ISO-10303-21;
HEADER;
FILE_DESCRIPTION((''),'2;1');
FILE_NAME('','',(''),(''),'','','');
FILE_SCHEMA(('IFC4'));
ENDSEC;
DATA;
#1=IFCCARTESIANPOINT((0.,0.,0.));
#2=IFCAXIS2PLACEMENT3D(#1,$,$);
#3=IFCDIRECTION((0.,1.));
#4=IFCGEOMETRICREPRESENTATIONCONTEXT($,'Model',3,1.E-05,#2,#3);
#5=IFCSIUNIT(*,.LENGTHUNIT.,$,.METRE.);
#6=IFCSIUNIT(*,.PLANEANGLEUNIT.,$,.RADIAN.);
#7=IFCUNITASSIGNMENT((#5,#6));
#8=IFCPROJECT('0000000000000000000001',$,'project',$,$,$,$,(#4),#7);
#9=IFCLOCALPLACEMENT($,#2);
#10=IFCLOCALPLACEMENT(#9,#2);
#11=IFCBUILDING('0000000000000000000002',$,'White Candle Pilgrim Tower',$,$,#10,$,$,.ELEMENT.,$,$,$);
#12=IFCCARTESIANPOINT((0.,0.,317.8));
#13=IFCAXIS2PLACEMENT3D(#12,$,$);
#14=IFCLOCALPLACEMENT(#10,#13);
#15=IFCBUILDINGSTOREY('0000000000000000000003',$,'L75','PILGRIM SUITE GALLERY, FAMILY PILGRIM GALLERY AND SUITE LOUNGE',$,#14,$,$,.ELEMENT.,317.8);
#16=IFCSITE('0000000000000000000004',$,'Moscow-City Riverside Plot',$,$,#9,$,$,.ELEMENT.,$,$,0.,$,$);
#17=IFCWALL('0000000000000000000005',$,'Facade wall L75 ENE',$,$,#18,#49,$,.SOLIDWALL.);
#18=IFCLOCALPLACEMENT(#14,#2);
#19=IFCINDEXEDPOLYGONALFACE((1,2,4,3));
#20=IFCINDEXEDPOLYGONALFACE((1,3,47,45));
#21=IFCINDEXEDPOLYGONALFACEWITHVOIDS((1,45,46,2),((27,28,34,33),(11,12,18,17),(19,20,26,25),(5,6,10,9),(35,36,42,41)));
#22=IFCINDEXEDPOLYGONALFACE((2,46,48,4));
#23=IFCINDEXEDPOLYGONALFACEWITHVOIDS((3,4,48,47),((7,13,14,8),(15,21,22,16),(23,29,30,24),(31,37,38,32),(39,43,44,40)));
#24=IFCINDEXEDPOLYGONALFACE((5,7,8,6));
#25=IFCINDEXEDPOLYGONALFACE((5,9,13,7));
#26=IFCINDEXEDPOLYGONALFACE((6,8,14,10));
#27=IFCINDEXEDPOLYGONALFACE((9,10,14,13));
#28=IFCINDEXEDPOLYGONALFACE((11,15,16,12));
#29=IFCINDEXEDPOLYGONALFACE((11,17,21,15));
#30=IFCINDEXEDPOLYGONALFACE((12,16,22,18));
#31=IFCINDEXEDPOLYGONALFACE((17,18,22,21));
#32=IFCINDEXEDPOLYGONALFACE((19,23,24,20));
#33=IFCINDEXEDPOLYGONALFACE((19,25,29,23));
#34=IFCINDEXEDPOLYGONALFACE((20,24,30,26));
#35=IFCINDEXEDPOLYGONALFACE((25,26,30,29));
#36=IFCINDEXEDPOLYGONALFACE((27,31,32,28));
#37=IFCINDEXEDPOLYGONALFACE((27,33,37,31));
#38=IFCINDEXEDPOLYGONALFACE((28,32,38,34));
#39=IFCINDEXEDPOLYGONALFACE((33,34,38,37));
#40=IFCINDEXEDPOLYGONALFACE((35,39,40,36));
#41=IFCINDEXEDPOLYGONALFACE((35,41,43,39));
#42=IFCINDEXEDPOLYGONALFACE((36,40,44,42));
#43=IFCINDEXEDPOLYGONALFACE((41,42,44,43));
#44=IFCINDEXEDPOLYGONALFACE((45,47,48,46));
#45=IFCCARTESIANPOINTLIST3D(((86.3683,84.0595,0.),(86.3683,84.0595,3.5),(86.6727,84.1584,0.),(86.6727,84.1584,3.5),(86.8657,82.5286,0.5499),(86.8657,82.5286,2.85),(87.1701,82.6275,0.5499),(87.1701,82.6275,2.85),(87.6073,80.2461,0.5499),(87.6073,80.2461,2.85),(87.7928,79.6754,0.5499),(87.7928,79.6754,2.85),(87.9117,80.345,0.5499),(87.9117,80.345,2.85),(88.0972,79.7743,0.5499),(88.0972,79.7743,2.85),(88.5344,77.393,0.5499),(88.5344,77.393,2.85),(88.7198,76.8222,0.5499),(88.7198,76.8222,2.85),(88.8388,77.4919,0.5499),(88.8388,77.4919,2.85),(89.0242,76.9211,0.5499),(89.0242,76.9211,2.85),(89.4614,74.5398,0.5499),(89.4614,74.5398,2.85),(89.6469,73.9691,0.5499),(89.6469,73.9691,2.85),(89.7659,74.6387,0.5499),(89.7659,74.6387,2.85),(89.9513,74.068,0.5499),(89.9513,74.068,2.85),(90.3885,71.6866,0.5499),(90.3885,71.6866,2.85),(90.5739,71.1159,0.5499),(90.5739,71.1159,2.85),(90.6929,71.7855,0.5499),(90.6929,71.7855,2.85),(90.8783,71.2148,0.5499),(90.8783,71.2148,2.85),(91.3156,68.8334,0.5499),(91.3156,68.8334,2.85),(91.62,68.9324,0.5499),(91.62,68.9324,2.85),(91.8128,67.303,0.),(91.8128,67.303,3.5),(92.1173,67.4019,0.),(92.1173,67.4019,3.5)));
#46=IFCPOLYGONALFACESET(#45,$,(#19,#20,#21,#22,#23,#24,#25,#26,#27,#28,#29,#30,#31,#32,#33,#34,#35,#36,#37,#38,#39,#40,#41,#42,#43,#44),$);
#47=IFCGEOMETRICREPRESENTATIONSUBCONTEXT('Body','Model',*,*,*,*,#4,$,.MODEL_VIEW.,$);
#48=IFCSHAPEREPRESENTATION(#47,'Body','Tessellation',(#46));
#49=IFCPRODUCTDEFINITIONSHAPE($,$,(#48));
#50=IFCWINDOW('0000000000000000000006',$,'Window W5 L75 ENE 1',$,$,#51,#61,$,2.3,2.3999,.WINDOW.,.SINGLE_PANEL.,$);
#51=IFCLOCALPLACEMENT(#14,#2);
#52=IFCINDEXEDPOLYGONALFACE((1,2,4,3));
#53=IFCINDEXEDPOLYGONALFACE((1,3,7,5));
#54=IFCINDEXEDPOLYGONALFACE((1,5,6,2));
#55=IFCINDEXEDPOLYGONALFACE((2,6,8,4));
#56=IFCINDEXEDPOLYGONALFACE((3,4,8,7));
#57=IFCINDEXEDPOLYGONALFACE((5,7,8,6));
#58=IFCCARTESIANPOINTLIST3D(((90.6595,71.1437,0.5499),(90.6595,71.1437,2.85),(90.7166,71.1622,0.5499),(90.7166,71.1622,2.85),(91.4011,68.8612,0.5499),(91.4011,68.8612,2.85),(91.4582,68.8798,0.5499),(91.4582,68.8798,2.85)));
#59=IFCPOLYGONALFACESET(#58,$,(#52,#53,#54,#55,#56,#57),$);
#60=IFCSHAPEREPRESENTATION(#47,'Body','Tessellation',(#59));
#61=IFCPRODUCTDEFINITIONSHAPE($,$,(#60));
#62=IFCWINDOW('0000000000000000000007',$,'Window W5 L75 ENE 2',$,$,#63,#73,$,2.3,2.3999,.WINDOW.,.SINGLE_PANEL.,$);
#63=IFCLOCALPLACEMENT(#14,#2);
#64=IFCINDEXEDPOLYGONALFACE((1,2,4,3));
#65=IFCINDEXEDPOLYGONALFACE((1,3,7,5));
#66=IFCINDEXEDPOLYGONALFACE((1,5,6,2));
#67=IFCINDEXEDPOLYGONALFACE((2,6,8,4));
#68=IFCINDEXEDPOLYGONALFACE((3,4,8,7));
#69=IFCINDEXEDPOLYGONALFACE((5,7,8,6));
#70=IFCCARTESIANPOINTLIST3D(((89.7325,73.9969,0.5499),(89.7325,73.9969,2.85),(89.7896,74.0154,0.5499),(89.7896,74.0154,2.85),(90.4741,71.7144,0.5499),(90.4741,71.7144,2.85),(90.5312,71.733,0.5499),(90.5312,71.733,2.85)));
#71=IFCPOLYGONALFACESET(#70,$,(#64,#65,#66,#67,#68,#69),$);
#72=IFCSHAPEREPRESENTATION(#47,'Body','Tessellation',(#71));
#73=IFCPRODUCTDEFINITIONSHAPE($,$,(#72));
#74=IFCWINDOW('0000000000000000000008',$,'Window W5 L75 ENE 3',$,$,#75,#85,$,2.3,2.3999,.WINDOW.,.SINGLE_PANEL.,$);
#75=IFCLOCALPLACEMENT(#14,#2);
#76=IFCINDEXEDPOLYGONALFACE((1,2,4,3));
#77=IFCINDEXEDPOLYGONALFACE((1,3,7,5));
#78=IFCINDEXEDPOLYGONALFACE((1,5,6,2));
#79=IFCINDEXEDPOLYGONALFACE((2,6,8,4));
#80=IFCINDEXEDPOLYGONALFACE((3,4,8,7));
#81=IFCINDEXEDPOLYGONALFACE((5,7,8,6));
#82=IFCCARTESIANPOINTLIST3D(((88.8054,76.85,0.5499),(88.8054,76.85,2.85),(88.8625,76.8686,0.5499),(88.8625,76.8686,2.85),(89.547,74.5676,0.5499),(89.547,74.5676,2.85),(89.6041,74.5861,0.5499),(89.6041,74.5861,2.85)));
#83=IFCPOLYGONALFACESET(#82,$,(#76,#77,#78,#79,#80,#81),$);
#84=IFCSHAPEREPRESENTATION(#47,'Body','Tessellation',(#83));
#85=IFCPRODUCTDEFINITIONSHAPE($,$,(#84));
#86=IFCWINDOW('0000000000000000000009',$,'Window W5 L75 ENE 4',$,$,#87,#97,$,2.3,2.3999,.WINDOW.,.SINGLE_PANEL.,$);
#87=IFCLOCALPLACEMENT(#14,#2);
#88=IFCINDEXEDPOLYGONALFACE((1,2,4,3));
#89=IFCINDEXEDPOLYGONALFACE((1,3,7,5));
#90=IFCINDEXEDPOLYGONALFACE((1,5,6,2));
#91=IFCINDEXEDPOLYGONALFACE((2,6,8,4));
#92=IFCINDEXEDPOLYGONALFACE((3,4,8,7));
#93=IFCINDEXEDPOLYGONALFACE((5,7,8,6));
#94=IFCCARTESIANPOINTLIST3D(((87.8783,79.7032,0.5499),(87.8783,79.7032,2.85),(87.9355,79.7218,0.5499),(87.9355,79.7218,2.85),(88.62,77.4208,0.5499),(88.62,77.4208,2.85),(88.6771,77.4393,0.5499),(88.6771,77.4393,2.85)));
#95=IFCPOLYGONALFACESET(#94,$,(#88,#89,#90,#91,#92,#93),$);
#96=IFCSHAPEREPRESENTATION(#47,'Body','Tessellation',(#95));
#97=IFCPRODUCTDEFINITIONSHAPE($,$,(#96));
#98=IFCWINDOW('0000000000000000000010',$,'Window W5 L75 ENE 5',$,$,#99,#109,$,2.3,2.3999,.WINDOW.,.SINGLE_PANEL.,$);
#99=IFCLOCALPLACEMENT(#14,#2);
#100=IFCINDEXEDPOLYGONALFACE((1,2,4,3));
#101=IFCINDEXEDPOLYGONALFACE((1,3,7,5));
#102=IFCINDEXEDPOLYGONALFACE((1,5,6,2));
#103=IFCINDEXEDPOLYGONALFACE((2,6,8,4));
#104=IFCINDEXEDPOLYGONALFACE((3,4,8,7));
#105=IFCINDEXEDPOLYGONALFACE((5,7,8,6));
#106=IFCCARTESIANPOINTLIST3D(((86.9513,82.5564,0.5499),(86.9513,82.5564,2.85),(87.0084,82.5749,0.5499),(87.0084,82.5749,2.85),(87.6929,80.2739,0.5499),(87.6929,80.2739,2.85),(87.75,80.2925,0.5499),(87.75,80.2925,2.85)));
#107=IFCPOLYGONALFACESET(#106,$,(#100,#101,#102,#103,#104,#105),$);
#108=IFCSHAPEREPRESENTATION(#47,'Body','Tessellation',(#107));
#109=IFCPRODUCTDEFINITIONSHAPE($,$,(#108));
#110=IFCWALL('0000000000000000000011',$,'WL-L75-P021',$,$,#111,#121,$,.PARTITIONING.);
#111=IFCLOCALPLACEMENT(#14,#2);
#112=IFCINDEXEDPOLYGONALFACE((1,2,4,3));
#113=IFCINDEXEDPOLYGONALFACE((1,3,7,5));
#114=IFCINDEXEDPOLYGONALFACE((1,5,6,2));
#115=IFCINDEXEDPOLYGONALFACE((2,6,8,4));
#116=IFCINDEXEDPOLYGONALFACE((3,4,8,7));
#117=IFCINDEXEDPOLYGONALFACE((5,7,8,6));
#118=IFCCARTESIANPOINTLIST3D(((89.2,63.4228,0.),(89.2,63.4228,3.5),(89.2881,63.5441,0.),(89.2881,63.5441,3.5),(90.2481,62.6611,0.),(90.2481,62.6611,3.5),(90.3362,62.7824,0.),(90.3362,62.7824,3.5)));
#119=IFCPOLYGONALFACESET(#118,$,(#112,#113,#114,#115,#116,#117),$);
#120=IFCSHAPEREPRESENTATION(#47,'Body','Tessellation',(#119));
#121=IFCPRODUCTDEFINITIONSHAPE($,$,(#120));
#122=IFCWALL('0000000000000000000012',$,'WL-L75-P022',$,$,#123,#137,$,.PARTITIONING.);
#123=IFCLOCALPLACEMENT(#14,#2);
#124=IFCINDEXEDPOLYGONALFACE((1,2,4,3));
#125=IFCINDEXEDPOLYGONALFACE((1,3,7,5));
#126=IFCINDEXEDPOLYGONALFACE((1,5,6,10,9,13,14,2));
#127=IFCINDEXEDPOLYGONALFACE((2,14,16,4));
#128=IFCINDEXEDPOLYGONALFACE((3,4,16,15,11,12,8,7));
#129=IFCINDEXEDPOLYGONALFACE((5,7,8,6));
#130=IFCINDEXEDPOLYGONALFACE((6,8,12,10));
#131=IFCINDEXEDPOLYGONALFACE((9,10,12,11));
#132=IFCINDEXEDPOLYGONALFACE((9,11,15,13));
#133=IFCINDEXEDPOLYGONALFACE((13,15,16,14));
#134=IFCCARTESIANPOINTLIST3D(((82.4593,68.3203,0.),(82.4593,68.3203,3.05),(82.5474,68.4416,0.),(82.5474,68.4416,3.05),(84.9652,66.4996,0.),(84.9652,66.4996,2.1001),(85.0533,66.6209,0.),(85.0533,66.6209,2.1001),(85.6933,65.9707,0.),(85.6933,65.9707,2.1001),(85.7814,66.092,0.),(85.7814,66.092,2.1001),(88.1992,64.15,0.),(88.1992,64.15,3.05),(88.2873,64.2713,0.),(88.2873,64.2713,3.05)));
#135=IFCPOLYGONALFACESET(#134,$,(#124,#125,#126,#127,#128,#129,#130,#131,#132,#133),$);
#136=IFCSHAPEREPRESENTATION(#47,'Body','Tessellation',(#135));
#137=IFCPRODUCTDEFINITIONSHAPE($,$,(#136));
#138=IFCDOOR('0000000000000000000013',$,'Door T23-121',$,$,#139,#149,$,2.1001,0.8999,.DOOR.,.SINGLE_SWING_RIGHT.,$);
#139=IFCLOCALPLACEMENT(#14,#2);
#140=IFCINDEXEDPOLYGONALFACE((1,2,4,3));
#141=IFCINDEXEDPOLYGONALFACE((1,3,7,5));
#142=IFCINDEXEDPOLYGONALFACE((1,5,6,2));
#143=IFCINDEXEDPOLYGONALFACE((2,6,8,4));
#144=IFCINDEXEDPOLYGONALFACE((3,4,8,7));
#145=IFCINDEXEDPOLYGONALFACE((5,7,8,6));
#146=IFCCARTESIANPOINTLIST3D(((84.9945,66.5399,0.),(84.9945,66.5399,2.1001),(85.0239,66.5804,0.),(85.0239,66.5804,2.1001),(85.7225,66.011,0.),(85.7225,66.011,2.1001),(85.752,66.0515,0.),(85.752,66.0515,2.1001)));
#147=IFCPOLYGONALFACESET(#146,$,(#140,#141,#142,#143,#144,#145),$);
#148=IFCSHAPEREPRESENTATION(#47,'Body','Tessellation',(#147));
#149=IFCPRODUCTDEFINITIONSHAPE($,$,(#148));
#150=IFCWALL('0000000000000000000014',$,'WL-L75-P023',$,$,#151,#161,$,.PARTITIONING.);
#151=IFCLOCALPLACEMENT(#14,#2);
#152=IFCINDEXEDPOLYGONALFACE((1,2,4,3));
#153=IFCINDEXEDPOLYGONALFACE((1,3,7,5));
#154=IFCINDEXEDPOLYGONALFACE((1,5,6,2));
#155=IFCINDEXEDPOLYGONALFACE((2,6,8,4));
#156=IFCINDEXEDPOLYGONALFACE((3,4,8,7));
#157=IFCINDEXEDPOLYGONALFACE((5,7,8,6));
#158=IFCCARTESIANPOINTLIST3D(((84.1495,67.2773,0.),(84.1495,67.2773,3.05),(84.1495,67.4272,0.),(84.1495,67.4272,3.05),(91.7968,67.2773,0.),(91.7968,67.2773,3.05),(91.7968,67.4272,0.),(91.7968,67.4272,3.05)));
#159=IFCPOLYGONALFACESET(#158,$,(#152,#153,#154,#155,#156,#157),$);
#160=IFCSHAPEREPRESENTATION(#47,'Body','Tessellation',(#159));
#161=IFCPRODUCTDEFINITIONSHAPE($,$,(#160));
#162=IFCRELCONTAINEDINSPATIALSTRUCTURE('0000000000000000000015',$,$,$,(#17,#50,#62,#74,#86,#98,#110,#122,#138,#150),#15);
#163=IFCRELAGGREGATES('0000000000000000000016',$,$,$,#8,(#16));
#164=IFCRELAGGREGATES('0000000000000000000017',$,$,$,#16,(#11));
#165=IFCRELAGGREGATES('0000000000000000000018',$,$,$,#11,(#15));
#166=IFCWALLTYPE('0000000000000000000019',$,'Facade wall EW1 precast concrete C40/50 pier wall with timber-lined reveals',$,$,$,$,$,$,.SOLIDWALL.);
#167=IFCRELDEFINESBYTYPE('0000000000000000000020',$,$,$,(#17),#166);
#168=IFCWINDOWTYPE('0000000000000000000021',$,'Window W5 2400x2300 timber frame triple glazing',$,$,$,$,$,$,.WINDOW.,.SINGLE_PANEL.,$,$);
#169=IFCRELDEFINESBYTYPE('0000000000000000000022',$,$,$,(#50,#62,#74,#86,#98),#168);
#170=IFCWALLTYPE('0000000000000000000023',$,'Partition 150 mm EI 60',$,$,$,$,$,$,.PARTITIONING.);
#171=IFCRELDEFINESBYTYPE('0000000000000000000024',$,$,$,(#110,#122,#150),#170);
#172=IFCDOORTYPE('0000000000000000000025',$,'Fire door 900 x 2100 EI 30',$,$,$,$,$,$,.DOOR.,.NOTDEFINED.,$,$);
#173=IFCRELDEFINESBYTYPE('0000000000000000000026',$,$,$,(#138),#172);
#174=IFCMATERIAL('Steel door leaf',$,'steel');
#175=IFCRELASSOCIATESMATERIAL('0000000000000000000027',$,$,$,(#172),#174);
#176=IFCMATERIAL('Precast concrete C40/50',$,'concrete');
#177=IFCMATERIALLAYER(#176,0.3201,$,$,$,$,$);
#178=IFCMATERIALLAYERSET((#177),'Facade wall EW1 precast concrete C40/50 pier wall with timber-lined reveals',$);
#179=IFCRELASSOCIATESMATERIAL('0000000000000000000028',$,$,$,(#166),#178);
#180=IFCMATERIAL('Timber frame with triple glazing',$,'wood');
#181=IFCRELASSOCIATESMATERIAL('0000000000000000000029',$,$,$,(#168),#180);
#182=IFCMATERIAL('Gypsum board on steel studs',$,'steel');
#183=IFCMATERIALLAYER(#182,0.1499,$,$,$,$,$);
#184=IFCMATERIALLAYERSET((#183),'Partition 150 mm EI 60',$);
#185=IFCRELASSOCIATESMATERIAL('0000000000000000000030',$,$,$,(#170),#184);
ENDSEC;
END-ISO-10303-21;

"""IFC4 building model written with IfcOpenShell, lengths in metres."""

from ifc_helpers import new_model, si_unit, direction, frame, frame_2d, origin, place, context, subcontext, project, spatial, rectangle, extrude, material, layer, layer_set, type_object, element, fill, save


model = new_model("IFC4")

# Units and contexts
model_context = context("Model", 3, precision=1e-05, world=origin(), true_north=direction((0.0, 1.0)))
body_context = subcontext(model_context, "Body", "Model", "MODEL_VIEW")
ifc_project = project(units=[si_unit("LENGTHUNIT", "METRE"), si_unit("PLANEANGLEUNIT", "RADIAN")], contexts=[model_context])

# Site, building, storey
site_placement = place(None, origin())
site = spatial("IfcSite", under=ifc_project, at=site_placement, Name="Moscow-City Riverside Plot", CompositionType="ELEMENT", RefElevation=0.0)
building_placement = place(site_placement, origin())
building = spatial("IfcBuilding", under=site, at=building_placement, Name="White Candle Pilgrim Tower", CompositionType="ELEMENT")
storey_placement = place(building_placement, frame((0.0, 0.0, 317.8)))
storey = spatial("IfcBuildingStorey", under=building, at=storey_placement, Name="L75", Description="PILGRIM SUITE GALLERY, FAMILY PILGRIM GALLERY AND SUITE LOUNGE", CompositionType="ELEMENT", Elevation=317.8)

# Shared definitions
ifc_material_1 = material(Name="Gypsum board on steel studs", Category="steel")
ifc_material_2 = material(Name="Steel door leaf", Category="steel")
door_type_1 = type_object("IfcDoorType", Name="Fire door 900 x 2100 EI 30", OperationType="NOTDEFINED", PredefinedType="DOOR", material=ifc_material_2)

# Wall, openings, windows
ifc_material_3 = material(Name="Precast concrete C40/50", Category="concrete")
ifc_layer_1 = layer(ifc_material_3, 0.3201)
ifc_layer_set_1 = layer_set([ifc_layer_1], Name="Facade wall EW1 precast concrete C40/50 pier wall with timber-lined reveals")
wall_type_1 = type_object("IfcWallType", Name="Facade wall EW1 precast concrete C40/50 pier wall with timber-lined reveals", PredefinedType="SOLIDWALL", material=ifc_layer_set_1)
wall_1_placement = place(storey_placement, frame((91.9651, 67.3523, 0.0), z_axis=(0.0, 0.0, 1.0), x_axis=(-0.309019, 0.951056, 0.0)))
wall_1 = element("IfcWall", 1, at=wall_1_placement, inside=storey, type_object=wall_type_1, Name="Facade wall L75 ENE", PredefinedType="SOLIDWALL", context=body_context, shape_type="SweptSolid", body=[
    extrude(rectangle(XDim=17.6189, YDim=0.3201, at=frame_2d((8.8096, 0.0))), origin(), (0.0, 0.0, 1.0), 3.5),
])
opening_1_placement = place(wall_1_placement, frame((1.6094, 0.0, 0.55)))
opening_1 = element("IfcOpeningElement", 2, at=opening_1_placement, cuts=wall_1, PredefinedType="OPENING", context=body_context, shape_type="SweptSolid", body=[
    extrude(rectangle(XDim=2.3999, YDim=2.3, at=frame_2d((1.2, 1.1499))), frame((0.0, 0.1699, 0.0), z_axis=(0.0, -1.0, 0.0), x_axis=(1.0, 0.0, 0.0)), (0.0, 0.0, 1.0), 0.3401),
])
opening_2_placement = place(wall_1_placement, frame((4.6094, 0.0, 0.55)))
opening_2 = element("IfcOpeningElement", 3, at=opening_2_placement, cuts=wall_1, PredefinedType="OPENING", context=body_context, shape_type="SweptSolid", body=[
    extrude(rectangle(XDim=2.3999, YDim=2.3, at=frame_2d((1.2, 1.1499))), frame((0.0, 0.1699, 0.0), z_axis=(0.0, -1.0, 0.0), x_axis=(1.0, 0.0, 0.0)), (0.0, 0.0, 1.0), 0.3401),
])
opening_3_placement = place(wall_1_placement, frame((7.6094, 0.0, 0.55)))
opening_3 = element("IfcOpeningElement", 4, at=opening_3_placement, cuts=wall_1, PredefinedType="OPENING", context=body_context, shape_type="SweptSolid", body=[
    extrude(rectangle(XDim=2.3999, YDim=2.3, at=frame_2d((1.2, 1.1499))), frame((0.0, 0.1699, 0.0), z_axis=(0.0, -1.0, 0.0), x_axis=(1.0, 0.0, 0.0)), (0.0, 0.0, 1.0), 0.3401),
])
opening_4_placement = place(wall_1_placement, frame((10.6094, 0.0, 0.55)))
opening_4 = element("IfcOpeningElement", 5, at=opening_4_placement, cuts=wall_1, PredefinedType="OPENING", context=body_context, shape_type="SweptSolid", body=[
    extrude(rectangle(XDim=2.3999, YDim=2.3, at=frame_2d((1.2, 1.1499))), frame((0.0, 0.1699, 0.0), z_axis=(0.0, -1.0, 0.0), x_axis=(1.0, 0.0, 0.0)), (0.0, 0.0, 1.0), 0.3401),
])
opening_5_placement = place(wall_1_placement, frame((13.6094, 0.0, 0.55)))
opening_5 = element("IfcOpeningElement", 6, at=opening_5_placement, cuts=wall_1, PredefinedType="OPENING", context=body_context, shape_type="SweptSolid", body=[
    extrude(rectangle(XDim=2.3999, YDim=2.3, at=frame_2d((1.2, 1.1499))), frame((0.0, 0.1699, 0.0), z_axis=(0.0, -1.0, 0.0), x_axis=(1.0, 0.0, 0.0)), (0.0, 0.0, 1.0), 0.3401),
])
ifc_material_4 = material(Name="Timber frame with triple glazing", Category="wood")
window_type = type_object("IfcWindowType", Name="Window W5 2400x2300 timber frame triple glazing", PartitioningType="SINGLE_PANEL", PredefinedType="WINDOW", material=ifc_material_4)
window_1_placement = place(opening_1_placement, origin())
window_1 = element("IfcWindow", 7, at=window_1_placement, inside=storey, type_object=window_type, Name="Window W5 L75 ENE 1", OverallHeight=2.3, OverallWidth=2.3999, PartitioningType="SINGLE_PANEL", PredefinedType="WINDOW", context=body_context, shape_type="SweptSolid", body=[
    extrude(rectangle(XDim=2.3999, YDim=2.3, at=frame_2d((1.2, 1.1499))), frame((0.0, 0.0701, 0.0), z_axis=(0.0, -1.0, 0.0), x_axis=(1.0, 0.0, 0.0)), (0.0, 0.0, 1.0), 0.0601),
])
fill(opening_1, window_1)
window_2_placement = place(opening_2_placement, origin())
window_2 = element("IfcWindow", 8, at=window_2_placement, inside=storey, type_object=window_type, Name="Window W5 L75 ENE 2", OverallHeight=2.3, OverallWidth=2.3999, PartitioningType="SINGLE_PANEL", PredefinedType="WINDOW", context=body_context, shape_type="SweptSolid", body=[
    extrude(rectangle(XDim=2.3999, YDim=2.3, at=frame_2d((1.2, 1.1499))), frame((0.0, 0.0701, 0.0), z_axis=(0.0, -1.0, 0.0), x_axis=(1.0, 0.0, 0.0)), (0.0, 0.0, 1.0), 0.0601),
])
fill(opening_2, window_2)
window_3_placement = place(opening_3_placement, origin())
window_3 = element("IfcWindow", 9, at=window_3_placement, inside=storey, type_object=window_type, Name="Window W5 L75 ENE 3", OverallHeight=2.3, OverallWidth=2.3999, PartitioningType="SINGLE_PANEL", PredefinedType="WINDOW", context=body_context, shape_type="SweptSolid", body=[
    extrude(rectangle(XDim=2.3999, YDim=2.3, at=frame_2d((1.2, 1.1499))), frame((0.0, 0.0701, 0.0), z_axis=(0.0, -1.0, 0.0), x_axis=(1.0, 0.0, 0.0)), (0.0, 0.0, 1.0), 0.0601),
])
fill(opening_3, window_3)
window_4_placement = place(opening_4_placement, origin())
window_4 = element("IfcWindow", 10, at=window_4_placement, inside=storey, type_object=window_type, Name="Window W5 L75 ENE 4", OverallHeight=2.3, OverallWidth=2.3999, PartitioningType="SINGLE_PANEL", PredefinedType="WINDOW", context=body_context, shape_type="SweptSolid", body=[
    extrude(rectangle(XDim=2.3999, YDim=2.3, at=frame_2d((1.2, 1.1499))), frame((0.0, 0.0701, 0.0), z_axis=(0.0, -1.0, 0.0), x_axis=(1.0, 0.0, 0.0)), (0.0, 0.0, 1.0), 0.0601),
])
fill(opening_4, window_4)
window_5_placement = place(opening_5_placement, origin())
window_5 = element("IfcWindow", 11, at=window_5_placement, inside=storey, type_object=window_type, Name="Window W5 L75 ENE 5", OverallHeight=2.3, OverallWidth=2.3999, PartitioningType="SINGLE_PANEL", PredefinedType="WINDOW", context=body_context, shape_type="SweptSolid", body=[
    extrude(rectangle(XDim=2.3999, YDim=2.3, at=frame_2d((1.2, 1.1499))), frame((0.0, 0.0701, 0.0), z_axis=(0.0, -1.0, 0.0), x_axis=(1.0, 0.0, 0.0)), (0.0, 0.0, 1.0), 0.0601),
])
fill(opening_5, window_5)

# Wall
ifc_layer_2 = layer(ifc_material_1, 0.1499)
ifc_layer_set_2 = layer_set([ifc_layer_2], Name="Partition 150 mm EI 60")
wall_type_2 = type_object("IfcWallType", Name="Partition 150 mm EI 60", PredefinedType="PARTITIONING", material=ifc_layer_set_2)
wall_2_placement = place(storey_placement, frame((90.2922, 62.7217, 0.0), z_axis=(0.0, 0.0, 1.0), x_axis=(-0.808932, 0.587903, 0.0)))
element("IfcWall", 12, at=wall_2_placement, inside=storey, type_object=wall_type_2, Name="WL-L75-P021", PredefinedType="PARTITIONING", context=body_context, shape_type="SweptSolid", body=[
    extrude(rectangle(XDim=1.2957, YDim=0.1499, at=frame_2d((0.6479, 0.0))), origin(), (0.0, 0.0, 1.0), 3.5),
])

# Wall, opening, door
wall_3_placement = place(storey_placement, frame((88.2432, 64.2107, 0.0), z_axis=(0.0, 0.0, 1.0), x_axis=(-0.809013, 0.587791, 0.0)))
wall_3 = element("IfcWall", 13, at=wall_3_placement, inside=storey, type_object=wall_type_2, Name="WL-L75-P022", PredefinedType="PARTITIONING", context=body_context, shape_type="SweptSolid", body=[
    extrude(rectangle(XDim=7.095, YDim=0.1499, at=frame_2d((3.5474, 0.0))), origin(), (0.0, 0.0, 1.0), 3.05),
])
opening_6_placement = place(wall_3_placement, frame((3.0974, 0.0, 0.0)))
opening_6 = element("IfcOpeningElement", 14, at=opening_6_placement, cuts=wall_3, PredefinedType="OPENING", context=body_context, shape_type="SweptSolid", body=[
    extrude(rectangle(XDim=0.8999, YDim=2.1001, at=frame_2d((0.45, 1.05))), frame((0.0, 0.085, 0.0), z_axis=(0.0, -1.0, 0.0), x_axis=(1.0, 0.0, 0.0)), (0.0, 0.0, 1.0), 0.1699),
])
door_1_placement = place(opening_6_placement, frame((0.8999, 0.0, 0.0), z_axis=(0.0, 0.0, 1.0), x_axis=(-1.0, 0.0, 0.0)))
door_1 = element("IfcDoor", 15, at=door_1_placement, inside=storey, type_object=door_type_1, Name="Door T23-121", OperationType="SINGLE_SWING_RIGHT", OverallHeight=2.1001, OverallWidth=0.8999, PredefinedType="DOOR", context=body_context, shape_type="SweptSolid", body=[
    extrude(rectangle(XDim=0.8999, YDim=2.1001, at=frame_2d((0.45, 1.05))), frame((0.0, 0.0249, 0.0), z_axis=(0.0, -1.0, 0.0), x_axis=(1.0, 0.0, 0.0)), (0.0, 0.0, 1.0), 0.05),
])
fill(opening_6, door_1)

# Wall
wall_4_placement = place(storey_placement, frame((91.7969, 67.3523, 0.0), z_axis=(0.0, 0.0, 1.0), x_axis=(-1.0, 0.0, 0.0)))
element("IfcWall", 16, at=wall_4_placement, inside=storey, type_object=wall_type_2, Name="WL-L75-P023", PredefinedType="PARTITIONING", context=body_context, shape_type="SweptSolid", body=[
    extrude(rectangle(XDim=7.6472, YDim=0.1499, at=frame_2d((3.8237, 0.0))), origin(), (0.0, 0.0, 1.0), 3.05),
])

save(model, "model.ifc")
